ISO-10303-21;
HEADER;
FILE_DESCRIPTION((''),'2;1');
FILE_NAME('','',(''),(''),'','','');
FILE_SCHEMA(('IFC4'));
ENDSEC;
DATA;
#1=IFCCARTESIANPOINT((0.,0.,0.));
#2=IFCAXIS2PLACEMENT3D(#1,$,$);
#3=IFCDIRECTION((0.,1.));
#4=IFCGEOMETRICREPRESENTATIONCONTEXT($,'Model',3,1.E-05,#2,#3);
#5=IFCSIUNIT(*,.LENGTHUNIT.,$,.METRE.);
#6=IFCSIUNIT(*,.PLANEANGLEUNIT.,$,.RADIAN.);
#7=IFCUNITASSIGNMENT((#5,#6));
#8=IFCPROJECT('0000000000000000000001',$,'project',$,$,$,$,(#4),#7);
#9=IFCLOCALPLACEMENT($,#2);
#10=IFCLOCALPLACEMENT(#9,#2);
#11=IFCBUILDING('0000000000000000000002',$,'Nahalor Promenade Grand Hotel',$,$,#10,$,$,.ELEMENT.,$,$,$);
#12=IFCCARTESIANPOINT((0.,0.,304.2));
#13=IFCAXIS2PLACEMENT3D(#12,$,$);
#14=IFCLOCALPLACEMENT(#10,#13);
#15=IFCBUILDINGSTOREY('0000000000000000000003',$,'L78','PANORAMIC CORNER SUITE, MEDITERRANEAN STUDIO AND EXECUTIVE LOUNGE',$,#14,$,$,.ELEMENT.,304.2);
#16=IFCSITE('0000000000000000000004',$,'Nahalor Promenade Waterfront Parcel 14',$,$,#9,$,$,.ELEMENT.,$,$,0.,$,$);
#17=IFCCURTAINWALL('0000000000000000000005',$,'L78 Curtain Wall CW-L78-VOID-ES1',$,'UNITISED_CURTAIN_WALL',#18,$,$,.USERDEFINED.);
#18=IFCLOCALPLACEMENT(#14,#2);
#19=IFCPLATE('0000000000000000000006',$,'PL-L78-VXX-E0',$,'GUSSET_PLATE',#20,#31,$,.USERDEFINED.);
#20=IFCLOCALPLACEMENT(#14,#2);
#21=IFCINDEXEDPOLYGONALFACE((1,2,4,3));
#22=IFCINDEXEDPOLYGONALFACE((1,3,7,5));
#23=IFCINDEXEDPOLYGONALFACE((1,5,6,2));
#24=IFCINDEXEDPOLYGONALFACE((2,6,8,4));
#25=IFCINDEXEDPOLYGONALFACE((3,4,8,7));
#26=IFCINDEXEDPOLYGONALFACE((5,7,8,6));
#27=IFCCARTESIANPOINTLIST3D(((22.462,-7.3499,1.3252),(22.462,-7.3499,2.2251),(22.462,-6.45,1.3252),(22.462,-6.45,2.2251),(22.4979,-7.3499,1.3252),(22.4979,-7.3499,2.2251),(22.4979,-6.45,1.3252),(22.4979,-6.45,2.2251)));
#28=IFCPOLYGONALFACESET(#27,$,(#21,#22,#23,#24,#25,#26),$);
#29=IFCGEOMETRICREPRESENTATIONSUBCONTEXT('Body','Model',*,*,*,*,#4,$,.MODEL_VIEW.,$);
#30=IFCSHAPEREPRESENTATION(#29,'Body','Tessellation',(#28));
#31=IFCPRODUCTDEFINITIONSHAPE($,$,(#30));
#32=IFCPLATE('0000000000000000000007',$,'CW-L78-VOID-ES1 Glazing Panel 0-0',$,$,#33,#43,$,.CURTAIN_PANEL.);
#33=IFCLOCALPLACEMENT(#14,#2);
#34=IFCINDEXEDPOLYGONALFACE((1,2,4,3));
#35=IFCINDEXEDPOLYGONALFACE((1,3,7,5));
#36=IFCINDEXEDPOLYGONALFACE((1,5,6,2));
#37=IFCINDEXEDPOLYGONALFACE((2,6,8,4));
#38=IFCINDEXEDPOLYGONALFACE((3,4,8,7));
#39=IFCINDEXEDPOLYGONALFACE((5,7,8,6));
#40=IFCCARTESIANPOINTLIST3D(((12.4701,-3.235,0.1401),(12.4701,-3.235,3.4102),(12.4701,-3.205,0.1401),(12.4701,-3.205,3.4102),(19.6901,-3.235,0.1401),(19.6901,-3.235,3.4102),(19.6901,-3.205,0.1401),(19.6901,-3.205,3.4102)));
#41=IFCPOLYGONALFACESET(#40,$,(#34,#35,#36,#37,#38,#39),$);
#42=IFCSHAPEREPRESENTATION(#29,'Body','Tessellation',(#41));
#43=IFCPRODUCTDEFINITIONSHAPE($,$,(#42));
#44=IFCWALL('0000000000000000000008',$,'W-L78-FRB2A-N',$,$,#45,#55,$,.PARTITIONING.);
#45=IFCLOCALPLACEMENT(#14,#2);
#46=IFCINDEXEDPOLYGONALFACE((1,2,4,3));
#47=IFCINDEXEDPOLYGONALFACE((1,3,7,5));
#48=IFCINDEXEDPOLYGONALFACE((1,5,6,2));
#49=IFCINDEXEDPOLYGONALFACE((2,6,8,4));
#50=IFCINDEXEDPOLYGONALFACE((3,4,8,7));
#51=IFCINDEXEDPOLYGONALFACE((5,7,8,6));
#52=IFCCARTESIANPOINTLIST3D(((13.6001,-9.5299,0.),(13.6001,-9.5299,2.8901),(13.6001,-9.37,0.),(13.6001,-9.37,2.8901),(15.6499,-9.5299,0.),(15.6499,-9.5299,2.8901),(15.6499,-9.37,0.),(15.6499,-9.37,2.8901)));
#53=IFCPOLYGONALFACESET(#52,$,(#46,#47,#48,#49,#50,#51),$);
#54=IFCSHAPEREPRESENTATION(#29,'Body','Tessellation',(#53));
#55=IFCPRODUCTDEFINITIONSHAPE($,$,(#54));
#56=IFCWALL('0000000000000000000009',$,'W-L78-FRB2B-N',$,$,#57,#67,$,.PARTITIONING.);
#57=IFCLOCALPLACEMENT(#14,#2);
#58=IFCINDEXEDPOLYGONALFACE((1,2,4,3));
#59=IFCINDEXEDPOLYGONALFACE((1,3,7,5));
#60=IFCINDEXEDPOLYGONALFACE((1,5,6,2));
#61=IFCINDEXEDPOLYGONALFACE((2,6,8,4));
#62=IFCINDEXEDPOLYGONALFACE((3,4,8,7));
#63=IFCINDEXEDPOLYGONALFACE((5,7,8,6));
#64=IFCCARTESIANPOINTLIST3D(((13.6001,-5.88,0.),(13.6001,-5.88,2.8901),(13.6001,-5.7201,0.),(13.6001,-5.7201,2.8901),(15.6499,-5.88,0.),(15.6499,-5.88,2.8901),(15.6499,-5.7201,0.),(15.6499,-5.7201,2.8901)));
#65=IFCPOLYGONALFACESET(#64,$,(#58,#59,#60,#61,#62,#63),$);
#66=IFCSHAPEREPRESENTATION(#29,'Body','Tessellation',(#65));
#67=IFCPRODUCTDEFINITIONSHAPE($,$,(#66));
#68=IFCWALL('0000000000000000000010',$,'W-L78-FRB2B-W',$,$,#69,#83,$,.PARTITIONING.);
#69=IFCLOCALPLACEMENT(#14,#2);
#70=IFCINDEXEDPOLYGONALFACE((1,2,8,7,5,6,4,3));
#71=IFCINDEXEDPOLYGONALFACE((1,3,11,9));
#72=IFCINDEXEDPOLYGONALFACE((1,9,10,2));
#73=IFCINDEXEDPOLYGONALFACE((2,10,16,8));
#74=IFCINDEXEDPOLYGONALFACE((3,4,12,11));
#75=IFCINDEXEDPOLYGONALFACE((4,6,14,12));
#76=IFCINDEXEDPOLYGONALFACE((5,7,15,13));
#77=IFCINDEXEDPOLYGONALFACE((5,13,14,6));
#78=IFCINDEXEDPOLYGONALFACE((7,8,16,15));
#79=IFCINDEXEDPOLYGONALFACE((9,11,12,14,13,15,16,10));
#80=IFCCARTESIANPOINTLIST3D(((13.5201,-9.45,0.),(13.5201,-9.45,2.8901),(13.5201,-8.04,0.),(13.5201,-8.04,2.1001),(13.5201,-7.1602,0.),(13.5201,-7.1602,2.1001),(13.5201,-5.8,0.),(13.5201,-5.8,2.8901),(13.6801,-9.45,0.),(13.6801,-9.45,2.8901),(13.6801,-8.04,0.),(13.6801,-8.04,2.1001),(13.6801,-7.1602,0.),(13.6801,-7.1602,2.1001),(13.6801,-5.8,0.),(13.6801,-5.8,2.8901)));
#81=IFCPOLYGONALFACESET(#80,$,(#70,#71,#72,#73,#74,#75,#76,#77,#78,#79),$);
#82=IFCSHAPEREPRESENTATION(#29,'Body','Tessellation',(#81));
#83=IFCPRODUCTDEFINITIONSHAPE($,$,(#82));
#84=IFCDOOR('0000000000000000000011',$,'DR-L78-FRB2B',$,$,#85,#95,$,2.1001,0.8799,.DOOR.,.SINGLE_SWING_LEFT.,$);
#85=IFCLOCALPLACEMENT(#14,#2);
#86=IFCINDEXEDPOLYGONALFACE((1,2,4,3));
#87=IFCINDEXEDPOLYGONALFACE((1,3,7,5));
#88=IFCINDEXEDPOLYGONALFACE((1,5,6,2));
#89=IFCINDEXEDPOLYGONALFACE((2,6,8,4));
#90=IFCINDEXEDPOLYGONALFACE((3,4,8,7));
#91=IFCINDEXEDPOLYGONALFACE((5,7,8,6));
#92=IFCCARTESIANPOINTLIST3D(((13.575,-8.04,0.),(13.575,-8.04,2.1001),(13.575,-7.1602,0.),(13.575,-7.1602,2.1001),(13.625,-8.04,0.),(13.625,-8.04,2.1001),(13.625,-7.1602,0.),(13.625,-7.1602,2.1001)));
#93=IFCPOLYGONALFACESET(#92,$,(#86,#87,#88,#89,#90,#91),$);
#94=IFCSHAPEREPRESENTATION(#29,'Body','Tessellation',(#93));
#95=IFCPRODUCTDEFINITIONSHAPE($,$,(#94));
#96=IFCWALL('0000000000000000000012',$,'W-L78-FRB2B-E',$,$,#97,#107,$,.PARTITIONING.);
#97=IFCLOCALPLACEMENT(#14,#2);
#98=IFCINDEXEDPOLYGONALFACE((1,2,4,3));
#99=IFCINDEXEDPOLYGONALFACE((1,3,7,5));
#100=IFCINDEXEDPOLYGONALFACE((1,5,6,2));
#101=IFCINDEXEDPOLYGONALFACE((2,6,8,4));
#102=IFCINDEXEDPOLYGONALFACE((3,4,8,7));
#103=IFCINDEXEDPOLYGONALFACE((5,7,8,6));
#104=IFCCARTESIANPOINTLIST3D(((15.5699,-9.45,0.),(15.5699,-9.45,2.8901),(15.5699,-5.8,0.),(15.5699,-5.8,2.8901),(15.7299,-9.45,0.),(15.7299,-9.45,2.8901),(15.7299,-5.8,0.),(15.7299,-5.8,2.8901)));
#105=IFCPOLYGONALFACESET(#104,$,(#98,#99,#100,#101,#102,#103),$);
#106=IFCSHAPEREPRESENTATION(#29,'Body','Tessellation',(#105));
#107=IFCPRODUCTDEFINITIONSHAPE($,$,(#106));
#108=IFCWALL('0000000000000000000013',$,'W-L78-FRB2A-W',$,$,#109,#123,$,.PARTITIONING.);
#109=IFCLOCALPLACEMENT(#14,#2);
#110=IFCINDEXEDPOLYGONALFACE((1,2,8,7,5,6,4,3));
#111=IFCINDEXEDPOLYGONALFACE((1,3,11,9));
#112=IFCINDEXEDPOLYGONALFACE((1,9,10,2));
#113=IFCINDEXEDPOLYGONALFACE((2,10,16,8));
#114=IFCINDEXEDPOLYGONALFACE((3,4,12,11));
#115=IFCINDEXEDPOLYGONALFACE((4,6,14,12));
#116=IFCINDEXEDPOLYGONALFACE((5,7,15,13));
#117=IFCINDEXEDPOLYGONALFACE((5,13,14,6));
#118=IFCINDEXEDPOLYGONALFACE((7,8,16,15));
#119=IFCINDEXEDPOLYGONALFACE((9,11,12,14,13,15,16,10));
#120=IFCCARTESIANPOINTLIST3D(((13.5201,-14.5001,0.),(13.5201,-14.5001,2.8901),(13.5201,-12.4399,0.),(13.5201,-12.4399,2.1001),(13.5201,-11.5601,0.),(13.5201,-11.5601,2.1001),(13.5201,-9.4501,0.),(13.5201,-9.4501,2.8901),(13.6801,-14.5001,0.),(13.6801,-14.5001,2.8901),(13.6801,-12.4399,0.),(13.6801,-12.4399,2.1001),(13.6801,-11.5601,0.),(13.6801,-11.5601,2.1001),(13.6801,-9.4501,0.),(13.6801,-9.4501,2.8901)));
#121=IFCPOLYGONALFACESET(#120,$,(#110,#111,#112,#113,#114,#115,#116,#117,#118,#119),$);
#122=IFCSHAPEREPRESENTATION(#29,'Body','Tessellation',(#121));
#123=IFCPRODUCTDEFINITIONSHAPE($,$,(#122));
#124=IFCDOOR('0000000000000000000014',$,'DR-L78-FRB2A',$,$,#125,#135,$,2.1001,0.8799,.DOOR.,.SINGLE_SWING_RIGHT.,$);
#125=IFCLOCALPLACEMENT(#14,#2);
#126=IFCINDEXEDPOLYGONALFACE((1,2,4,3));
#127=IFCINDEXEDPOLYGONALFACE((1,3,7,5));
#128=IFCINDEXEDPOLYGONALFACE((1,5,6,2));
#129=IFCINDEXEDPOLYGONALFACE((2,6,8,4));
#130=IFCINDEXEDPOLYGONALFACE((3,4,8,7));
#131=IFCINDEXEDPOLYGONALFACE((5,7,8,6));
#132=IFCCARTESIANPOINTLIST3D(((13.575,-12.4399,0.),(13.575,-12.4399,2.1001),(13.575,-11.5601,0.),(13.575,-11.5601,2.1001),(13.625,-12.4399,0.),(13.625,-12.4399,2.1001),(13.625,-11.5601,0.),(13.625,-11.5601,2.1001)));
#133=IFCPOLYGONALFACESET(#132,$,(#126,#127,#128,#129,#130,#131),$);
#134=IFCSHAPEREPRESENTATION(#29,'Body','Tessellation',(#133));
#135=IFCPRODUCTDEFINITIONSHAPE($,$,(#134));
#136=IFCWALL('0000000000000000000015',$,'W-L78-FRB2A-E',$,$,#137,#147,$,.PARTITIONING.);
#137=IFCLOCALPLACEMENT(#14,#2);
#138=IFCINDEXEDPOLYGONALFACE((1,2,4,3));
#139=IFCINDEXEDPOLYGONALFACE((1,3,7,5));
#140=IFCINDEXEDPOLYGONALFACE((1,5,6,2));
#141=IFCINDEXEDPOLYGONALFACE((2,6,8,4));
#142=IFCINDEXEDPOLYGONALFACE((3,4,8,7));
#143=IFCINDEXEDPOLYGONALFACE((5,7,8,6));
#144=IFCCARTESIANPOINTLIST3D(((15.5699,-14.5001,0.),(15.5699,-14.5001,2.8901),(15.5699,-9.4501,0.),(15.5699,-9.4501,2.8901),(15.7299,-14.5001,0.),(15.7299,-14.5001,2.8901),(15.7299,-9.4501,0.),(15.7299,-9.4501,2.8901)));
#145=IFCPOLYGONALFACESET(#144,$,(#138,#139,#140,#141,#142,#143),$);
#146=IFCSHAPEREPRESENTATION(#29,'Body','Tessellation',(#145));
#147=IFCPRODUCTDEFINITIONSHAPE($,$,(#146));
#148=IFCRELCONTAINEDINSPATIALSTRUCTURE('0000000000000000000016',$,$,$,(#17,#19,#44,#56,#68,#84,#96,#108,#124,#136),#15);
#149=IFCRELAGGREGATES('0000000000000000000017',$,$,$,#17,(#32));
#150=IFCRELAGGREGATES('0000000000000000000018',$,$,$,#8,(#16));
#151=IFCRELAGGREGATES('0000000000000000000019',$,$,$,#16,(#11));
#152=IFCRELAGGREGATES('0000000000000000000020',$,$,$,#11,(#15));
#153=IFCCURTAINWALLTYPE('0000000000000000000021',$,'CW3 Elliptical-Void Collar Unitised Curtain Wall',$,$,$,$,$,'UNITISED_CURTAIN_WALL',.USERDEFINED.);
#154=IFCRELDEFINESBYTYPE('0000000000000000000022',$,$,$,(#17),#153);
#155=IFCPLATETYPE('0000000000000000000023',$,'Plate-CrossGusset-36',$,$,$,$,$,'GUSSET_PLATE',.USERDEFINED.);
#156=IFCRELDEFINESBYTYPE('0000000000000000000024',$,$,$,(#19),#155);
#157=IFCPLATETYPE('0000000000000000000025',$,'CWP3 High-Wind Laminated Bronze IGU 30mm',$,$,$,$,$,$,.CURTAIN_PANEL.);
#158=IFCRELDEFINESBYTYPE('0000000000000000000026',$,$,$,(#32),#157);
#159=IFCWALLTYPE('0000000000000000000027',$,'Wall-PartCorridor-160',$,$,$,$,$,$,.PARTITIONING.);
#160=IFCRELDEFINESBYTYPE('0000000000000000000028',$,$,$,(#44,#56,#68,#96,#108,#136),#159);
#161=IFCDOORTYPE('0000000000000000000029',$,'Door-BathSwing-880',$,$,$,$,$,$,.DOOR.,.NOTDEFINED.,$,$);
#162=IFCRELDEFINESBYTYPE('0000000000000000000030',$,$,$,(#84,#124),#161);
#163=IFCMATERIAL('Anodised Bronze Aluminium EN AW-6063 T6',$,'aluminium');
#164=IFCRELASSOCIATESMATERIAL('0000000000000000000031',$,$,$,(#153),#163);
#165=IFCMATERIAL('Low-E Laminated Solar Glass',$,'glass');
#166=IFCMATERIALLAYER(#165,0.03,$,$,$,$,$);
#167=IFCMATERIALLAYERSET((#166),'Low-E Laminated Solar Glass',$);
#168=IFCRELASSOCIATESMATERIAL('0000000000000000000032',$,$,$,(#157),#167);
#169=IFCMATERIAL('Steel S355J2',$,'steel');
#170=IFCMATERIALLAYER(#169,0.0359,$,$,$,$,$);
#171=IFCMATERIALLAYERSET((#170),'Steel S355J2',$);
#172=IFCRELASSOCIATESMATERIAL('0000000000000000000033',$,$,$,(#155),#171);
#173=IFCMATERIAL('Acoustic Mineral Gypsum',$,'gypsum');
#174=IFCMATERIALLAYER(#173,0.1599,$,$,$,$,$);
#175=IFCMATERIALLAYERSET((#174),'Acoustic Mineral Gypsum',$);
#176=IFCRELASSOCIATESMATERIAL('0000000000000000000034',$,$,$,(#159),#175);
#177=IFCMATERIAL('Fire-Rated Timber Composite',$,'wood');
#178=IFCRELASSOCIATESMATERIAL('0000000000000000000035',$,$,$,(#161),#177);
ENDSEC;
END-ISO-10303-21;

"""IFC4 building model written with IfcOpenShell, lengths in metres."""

from ifc_helpers import new_model, si_unit, direction, frame, frame_2d, origin, origin_2d, place, context, subcontext, project, spatial, rectangle, extrude, source, transform, mapped, material, layer, layer_set, type_object, element, fill, aggregate, save


model = new_model("IFC4")

# Units and contexts
model_context = context("Model", 3, precision=1e-05, world=origin(), true_north=direction((0.0, 1.0)))
body_context = subcontext(model_context, "Body", "Model", "MODEL_VIEW")
ifc_project = project(units=[si_unit("LENGTHUNIT", "METRE"), si_unit("PLANEANGLEUNIT", "RADIAN")], contexts=[model_context])

# Site, building, storey
site_placement = place(None, origin())
site = spatial("IfcSite", under=ifc_project, at=site_placement, Name="Nahalor Promenade Waterfront Parcel 14", CompositionType="ELEMENT", RefElevation=0.0)
building_placement = place(site_placement, origin())
building = spatial("IfcBuilding", under=site, at=building_placement, Name="Nahalor Promenade Grand Hotel", CompositionType="ELEMENT")
storey_placement = place(building_placement, frame((0.0, 0.0, 304.2)))
storey = spatial("IfcBuildingStorey", under=building, at=storey_placement, Name="L78", Description="PANORAMIC CORNER SUITE, MEDITERRANEAN STUDIO AND EXECUTIVE LOUNGE", CompositionType="ELEMENT", Elevation=304.2)

# Shared definitions
ifc_material_1 = material(Name="Anodised Bronze Aluminium EN AW-6063 T6", Category="aluminium")

# Curtain wall
curtain_wall_type_1 = type_object("IfcCurtainWallType", Name="CW3 Elliptical-Void Collar Unitised Curtain Wall", ElementType="UNITISED_CURTAIN_WALL", PredefinedType="USERDEFINED", material=ifc_material_1)
curtain_wall_1_placement = place(storey_placement, origin())
curtain_wall_1 = element("IfcCurtainWall", 1, at=curtain_wall_1_placement, inside=storey, type_object=curtain_wall_type_1, Name="L78 Curtain Wall CW-L78-VOID-ES1", ObjectType="UNITISED_CURTAIN_WALL", PredefinedType="USERDEFINED")

# Plates
ifc_material_2 = material(Name="Low-E Laminated Solar Glass", Category="glass")
ifc_layer_1 = layer(ifc_material_2, 0.03)
ifc_layer_set_1 = layer_set([ifc_layer_1], Name="Low-E Laminated Solar Glass")
plate_type_1 = type_object("IfcPlateType", Name="CWP3 High-Wind Laminated Bronze IGU 30mm", PredefinedType="CURTAIN_PANEL", material=ifc_layer_set_1)
ifc_material_3 = material(Name="Steel S355J2", Category="steel")
ifc_layer_2 = layer(ifc_material_3, 0.0359)
ifc_layer_set_2 = layer_set([ifc_layer_2], Name="Steel S355J2")
plate_type_2 = type_object("IfcPlateType", Name="Plate-CrossGusset-36", ElementType="GUSSET_PLATE", PredefinedType="USERDEFINED", material=ifc_layer_set_2)
shared_shape_1 = source(origin(), body_context, "Body", "SweptSolid", [
    extrude(rectangle(XDim=0.8999, YDim=0.0359, at=origin_2d()), origin(), (0.0, 0.0, 1.0), 0.8999),
])
plate_1_placement = place(storey_placement, frame((22.48, -6.8999, 1.3252), z_axis=(0.0, 0.0, 1.0), x_axis=(0.0, 1.0, 0.0)))
element("IfcPlate", 2, at=plate_1_placement, inside=storey, type_object=plate_type_2, Name="PL-L78-VXX-E0", ObjectType="GUSSET_PLATE", PredefinedType="USERDEFINED", context=body_context, shape_type="MappedRepresentation", body=[
    mapped(shared_shape_1, transform((0.0, 0.0, 0.0), scale=1.0)),
])
shared_shape_2 = source(origin(), body_context, "Body", "SweptSolid", [
    extrude(rectangle(XDim=7.22, YDim=0.03, at=origin_2d()), origin(), (0.0, 0.0, 1.0), 3.27),
])
plate_2_placement = place(storey_placement, frame((16.0801, -3.22, 0.1401), z_axis=(0.0, 0.0, 1.0), x_axis=(1.0, 0.0, 0.0)))
plate_2 = element("IfcPlate", 3, at=plate_2_placement, type_object=plate_type_1, Name="CW-L78-VOID-ES1 Glazing Panel 0-0", PredefinedType="CURTAIN_PANEL", context=body_context, shape_type="MappedRepresentation", body=[
    mapped(shared_shape_2, transform((0.0, 0.0, 0.0), scale=1.0)),
])
aggregate(curtain_wall_1, [plate_2])

# Walls
ifc_material_4 = material(Name="Acoustic Mineral Gypsum", Category="gypsum")
ifc_layer_3 = layer(ifc_material_4, 0.1599)
ifc_layer_set_3 = layer_set([ifc_layer_3], Name="Acoustic Mineral Gypsum")
wall_type = type_object("IfcWallType", Name="Wall-PartCorridor-160", PredefinedType="PARTITIONING", material=ifc_layer_set_3)
shared_shape_3 = source(origin(), body_context, "Body", "SweptSolid", [
    extrude(rectangle(XDim=2.0498, YDim=0.1599, at=frame_2d((1.0249, 0.0))), origin(), (0.0, 0.0, 1.0), 2.8901),
])
for number, where, z_axis, x_axis, name in (
    (4, (13.6001, -9.45, 0.0), (0.0, 0.0, 1.0), (1.0, 0.0, 0.0), "W-L78-FRB2A-N"),
    (5, (13.6001, -5.8, 0.0), (0.0, 0.0, 1.0), (1.0, 0.0, 0.0), "W-L78-FRB2B-N"),
):
    element("IfcWall", number, at=place(storey_placement, frame(where, z_axis=z_axis, x_axis=x_axis)), inside=storey, type_object=wall_type, Name=name, PredefinedType="PARTITIONING", context=body_context, shape_type="MappedRepresentation", body=[
        mapped(shared_shape_3, transform((0.0, 0.0, 0.0), scale=1.0)),
    ])

# Wall, opening, door
shared_shape_4 = source(origin(), body_context, "Body", "SweptSolid", [
    extrude(rectangle(XDim=3.6499, YDim=0.1599, at=frame_2d((1.825, 0.0))), origin(), (0.0, 0.0, 1.0), 2.8901),
])
wall_1_placement = place(storey_placement, frame((13.6001, -9.45, 0.0), z_axis=(0.0, 0.0, 1.0), x_axis=(0.0, 1.0, 0.0)))
wall_1 = element("IfcWall", 6, at=wall_1_placement, inside=storey, type_object=wall_type, Name="W-L78-FRB2B-W", PredefinedType="PARTITIONING", context=body_context, shape_type="MappedRepresentation", body=[
    mapped(shared_shape_4, transform((0.0, 0.0, 0.0), scale=1.0)),
])
opening_1_placement = place(wall_1_placement, frame((1.4099, 0.0, 0.0)))
opening_1 = element("IfcOpeningElement", 7, at=opening_1_placement, cuts=wall_1, PredefinedType="OPENING", context=body_context, shape_type="SweptSolid", body=[
    extrude(rectangle(XDim=0.8799, YDim=2.1001, at=frame_2d((0.4399, 1.05))), frame((0.0, 0.0898, 0.0), z_axis=(0.0, -1.0, 0.0), x_axis=(1.0, 0.0, 0.0)), (0.0, 0.0, 1.0), 0.1799),
])
ifc_material_5 = material(Name="Fire-Rated Timber Composite", Category="wood")
door_type_1 = type_object("IfcDoorType", Name="Door-BathSwing-880", OperationType="NOTDEFINED", PredefinedType="DOOR", material=ifc_material_5)
shared_shape_5 = source(origin(), body_context, "Body", "SweptSolid", [
    extrude(rectangle(XDim=0.8799, YDim=2.1001, at=frame_2d((0.4399, 1.05))), frame((0.0, 0.0249, 0.0), z_axis=(0.0, -1.0, 0.0), x_axis=(1.0, 0.0, 0.0)), (0.0, 0.0, 1.0), 0.05),
])
door_1_placement = place(opening_1_placement, frame((0.8799, 0.0, 0.0), z_axis=(0.0, 0.0, 1.0), x_axis=(-1.0, 0.0, 0.0)))
door_1 = element("IfcDoor", 8, at=door_1_placement, inside=storey, type_object=door_type_1, Name="DR-L78-FRB2B", OperationType="SINGLE_SWING_LEFT", OverallHeight=2.1001, OverallWidth=0.8799, PredefinedType="DOOR", context=body_context, shape_type="MappedRepresentation", body=[
    mapped(shared_shape_5, transform((0.0, 0.0, 0.0), scale=1.0)),
])
fill(opening_1, door_1)

# Wall
wall_2_placement = place(storey_placement, frame((15.6499, -9.45, 0.0), z_axis=(0.0, 0.0, 1.0), x_axis=(0.0, 1.0, 0.0)))
element("IfcWall", 9, at=wall_2_placement, inside=storey, type_object=wall_type, Name="W-L78-FRB2B-E", PredefinedType="PARTITIONING", context=body_context, shape_type="MappedRepresentation", body=[
    mapped(shared_shape_4, transform((0.0, 0.0, 0.0), scale=1.0)),
])

# Wall, opening, door
shared_shape_6 = source(origin(), body_context, "Body", "SweptSolid", [
    extrude(rectangle(XDim=5.05, YDim=0.1599, at=frame_2d((2.5249, 0.0))), origin(), (0.0, 0.0, 1.0), 2.8901),
])
wall_3_placement = place(storey_placement, frame((13.6001, -14.5, 0.0), z_axis=(0.0, 0.0, 1.0), x_axis=(0.0, 1.0, 0.0)))
wall_3 = element("IfcWall", 10, at=wall_3_placement, inside=storey, type_object=wall_type, Name="W-L78-FRB2A-W", PredefinedType="PARTITIONING", context=body_context, shape_type="MappedRepresentation", body=[
    mapped(shared_shape_6, transform((0.0, 0.0, 0.0), scale=1.0)),
])
opening_2_placement = place(wall_3_placement, frame((2.0601, 0.0, 0.0)))
opening_2 = element("IfcOpeningElement", 11, at=opening_2_placement, cuts=wall_3, PredefinedType="OPENING", context=body_context, shape_type="SweptSolid", body=[
    extrude(rectangle(XDim=0.8799, YDim=2.1001, at=frame_2d((0.4399, 1.05))), frame((0.0, 0.0898, 0.0), z_axis=(0.0, -1.0, 0.0), x_axis=(1.0, 0.0, 0.0)), (0.0, 0.0, 1.0), 0.1799),
])
door_2_placement = place(opening_2_placement, frame((0.8799, 0.0, 0.0), z_axis=(0.0, 0.0, 1.0), x_axis=(-1.0, 0.0, 0.0)))
door_2 = element("IfcDoor", 12, at=door_2_placement, inside=storey, type_object=door_type_1, Name="DR-L78-FRB2A", OperationType="SINGLE_SWING_RIGHT", OverallHeight=2.1001, OverallWidth=0.8799, PredefinedType="DOOR", context=body_context, shape_type="MappedRepresentation", body=[
    mapped(shared_shape_5, transform((0.0, 0.0, 0.0), scale=1.0)),
])
fill(opening_2, door_2)

# Wall
wall_4_placement = place(storey_placement, frame((15.6499, -14.5, 0.0), z_axis=(0.0, 0.0, 1.0), x_axis=(0.0, 1.0, 0.0)))
element("IfcWall", 13, at=wall_4_placement, inside=storey, type_object=wall_type, Name="W-L78-FRB2A-E", PredefinedType="PARTITIONING", context=body_context, shape_type="MappedRepresentation", body=[
    mapped(shared_shape_6, transform((0.0, 0.0, 0.0), scale=1.0)),
])

save(model, "model.ifc")
